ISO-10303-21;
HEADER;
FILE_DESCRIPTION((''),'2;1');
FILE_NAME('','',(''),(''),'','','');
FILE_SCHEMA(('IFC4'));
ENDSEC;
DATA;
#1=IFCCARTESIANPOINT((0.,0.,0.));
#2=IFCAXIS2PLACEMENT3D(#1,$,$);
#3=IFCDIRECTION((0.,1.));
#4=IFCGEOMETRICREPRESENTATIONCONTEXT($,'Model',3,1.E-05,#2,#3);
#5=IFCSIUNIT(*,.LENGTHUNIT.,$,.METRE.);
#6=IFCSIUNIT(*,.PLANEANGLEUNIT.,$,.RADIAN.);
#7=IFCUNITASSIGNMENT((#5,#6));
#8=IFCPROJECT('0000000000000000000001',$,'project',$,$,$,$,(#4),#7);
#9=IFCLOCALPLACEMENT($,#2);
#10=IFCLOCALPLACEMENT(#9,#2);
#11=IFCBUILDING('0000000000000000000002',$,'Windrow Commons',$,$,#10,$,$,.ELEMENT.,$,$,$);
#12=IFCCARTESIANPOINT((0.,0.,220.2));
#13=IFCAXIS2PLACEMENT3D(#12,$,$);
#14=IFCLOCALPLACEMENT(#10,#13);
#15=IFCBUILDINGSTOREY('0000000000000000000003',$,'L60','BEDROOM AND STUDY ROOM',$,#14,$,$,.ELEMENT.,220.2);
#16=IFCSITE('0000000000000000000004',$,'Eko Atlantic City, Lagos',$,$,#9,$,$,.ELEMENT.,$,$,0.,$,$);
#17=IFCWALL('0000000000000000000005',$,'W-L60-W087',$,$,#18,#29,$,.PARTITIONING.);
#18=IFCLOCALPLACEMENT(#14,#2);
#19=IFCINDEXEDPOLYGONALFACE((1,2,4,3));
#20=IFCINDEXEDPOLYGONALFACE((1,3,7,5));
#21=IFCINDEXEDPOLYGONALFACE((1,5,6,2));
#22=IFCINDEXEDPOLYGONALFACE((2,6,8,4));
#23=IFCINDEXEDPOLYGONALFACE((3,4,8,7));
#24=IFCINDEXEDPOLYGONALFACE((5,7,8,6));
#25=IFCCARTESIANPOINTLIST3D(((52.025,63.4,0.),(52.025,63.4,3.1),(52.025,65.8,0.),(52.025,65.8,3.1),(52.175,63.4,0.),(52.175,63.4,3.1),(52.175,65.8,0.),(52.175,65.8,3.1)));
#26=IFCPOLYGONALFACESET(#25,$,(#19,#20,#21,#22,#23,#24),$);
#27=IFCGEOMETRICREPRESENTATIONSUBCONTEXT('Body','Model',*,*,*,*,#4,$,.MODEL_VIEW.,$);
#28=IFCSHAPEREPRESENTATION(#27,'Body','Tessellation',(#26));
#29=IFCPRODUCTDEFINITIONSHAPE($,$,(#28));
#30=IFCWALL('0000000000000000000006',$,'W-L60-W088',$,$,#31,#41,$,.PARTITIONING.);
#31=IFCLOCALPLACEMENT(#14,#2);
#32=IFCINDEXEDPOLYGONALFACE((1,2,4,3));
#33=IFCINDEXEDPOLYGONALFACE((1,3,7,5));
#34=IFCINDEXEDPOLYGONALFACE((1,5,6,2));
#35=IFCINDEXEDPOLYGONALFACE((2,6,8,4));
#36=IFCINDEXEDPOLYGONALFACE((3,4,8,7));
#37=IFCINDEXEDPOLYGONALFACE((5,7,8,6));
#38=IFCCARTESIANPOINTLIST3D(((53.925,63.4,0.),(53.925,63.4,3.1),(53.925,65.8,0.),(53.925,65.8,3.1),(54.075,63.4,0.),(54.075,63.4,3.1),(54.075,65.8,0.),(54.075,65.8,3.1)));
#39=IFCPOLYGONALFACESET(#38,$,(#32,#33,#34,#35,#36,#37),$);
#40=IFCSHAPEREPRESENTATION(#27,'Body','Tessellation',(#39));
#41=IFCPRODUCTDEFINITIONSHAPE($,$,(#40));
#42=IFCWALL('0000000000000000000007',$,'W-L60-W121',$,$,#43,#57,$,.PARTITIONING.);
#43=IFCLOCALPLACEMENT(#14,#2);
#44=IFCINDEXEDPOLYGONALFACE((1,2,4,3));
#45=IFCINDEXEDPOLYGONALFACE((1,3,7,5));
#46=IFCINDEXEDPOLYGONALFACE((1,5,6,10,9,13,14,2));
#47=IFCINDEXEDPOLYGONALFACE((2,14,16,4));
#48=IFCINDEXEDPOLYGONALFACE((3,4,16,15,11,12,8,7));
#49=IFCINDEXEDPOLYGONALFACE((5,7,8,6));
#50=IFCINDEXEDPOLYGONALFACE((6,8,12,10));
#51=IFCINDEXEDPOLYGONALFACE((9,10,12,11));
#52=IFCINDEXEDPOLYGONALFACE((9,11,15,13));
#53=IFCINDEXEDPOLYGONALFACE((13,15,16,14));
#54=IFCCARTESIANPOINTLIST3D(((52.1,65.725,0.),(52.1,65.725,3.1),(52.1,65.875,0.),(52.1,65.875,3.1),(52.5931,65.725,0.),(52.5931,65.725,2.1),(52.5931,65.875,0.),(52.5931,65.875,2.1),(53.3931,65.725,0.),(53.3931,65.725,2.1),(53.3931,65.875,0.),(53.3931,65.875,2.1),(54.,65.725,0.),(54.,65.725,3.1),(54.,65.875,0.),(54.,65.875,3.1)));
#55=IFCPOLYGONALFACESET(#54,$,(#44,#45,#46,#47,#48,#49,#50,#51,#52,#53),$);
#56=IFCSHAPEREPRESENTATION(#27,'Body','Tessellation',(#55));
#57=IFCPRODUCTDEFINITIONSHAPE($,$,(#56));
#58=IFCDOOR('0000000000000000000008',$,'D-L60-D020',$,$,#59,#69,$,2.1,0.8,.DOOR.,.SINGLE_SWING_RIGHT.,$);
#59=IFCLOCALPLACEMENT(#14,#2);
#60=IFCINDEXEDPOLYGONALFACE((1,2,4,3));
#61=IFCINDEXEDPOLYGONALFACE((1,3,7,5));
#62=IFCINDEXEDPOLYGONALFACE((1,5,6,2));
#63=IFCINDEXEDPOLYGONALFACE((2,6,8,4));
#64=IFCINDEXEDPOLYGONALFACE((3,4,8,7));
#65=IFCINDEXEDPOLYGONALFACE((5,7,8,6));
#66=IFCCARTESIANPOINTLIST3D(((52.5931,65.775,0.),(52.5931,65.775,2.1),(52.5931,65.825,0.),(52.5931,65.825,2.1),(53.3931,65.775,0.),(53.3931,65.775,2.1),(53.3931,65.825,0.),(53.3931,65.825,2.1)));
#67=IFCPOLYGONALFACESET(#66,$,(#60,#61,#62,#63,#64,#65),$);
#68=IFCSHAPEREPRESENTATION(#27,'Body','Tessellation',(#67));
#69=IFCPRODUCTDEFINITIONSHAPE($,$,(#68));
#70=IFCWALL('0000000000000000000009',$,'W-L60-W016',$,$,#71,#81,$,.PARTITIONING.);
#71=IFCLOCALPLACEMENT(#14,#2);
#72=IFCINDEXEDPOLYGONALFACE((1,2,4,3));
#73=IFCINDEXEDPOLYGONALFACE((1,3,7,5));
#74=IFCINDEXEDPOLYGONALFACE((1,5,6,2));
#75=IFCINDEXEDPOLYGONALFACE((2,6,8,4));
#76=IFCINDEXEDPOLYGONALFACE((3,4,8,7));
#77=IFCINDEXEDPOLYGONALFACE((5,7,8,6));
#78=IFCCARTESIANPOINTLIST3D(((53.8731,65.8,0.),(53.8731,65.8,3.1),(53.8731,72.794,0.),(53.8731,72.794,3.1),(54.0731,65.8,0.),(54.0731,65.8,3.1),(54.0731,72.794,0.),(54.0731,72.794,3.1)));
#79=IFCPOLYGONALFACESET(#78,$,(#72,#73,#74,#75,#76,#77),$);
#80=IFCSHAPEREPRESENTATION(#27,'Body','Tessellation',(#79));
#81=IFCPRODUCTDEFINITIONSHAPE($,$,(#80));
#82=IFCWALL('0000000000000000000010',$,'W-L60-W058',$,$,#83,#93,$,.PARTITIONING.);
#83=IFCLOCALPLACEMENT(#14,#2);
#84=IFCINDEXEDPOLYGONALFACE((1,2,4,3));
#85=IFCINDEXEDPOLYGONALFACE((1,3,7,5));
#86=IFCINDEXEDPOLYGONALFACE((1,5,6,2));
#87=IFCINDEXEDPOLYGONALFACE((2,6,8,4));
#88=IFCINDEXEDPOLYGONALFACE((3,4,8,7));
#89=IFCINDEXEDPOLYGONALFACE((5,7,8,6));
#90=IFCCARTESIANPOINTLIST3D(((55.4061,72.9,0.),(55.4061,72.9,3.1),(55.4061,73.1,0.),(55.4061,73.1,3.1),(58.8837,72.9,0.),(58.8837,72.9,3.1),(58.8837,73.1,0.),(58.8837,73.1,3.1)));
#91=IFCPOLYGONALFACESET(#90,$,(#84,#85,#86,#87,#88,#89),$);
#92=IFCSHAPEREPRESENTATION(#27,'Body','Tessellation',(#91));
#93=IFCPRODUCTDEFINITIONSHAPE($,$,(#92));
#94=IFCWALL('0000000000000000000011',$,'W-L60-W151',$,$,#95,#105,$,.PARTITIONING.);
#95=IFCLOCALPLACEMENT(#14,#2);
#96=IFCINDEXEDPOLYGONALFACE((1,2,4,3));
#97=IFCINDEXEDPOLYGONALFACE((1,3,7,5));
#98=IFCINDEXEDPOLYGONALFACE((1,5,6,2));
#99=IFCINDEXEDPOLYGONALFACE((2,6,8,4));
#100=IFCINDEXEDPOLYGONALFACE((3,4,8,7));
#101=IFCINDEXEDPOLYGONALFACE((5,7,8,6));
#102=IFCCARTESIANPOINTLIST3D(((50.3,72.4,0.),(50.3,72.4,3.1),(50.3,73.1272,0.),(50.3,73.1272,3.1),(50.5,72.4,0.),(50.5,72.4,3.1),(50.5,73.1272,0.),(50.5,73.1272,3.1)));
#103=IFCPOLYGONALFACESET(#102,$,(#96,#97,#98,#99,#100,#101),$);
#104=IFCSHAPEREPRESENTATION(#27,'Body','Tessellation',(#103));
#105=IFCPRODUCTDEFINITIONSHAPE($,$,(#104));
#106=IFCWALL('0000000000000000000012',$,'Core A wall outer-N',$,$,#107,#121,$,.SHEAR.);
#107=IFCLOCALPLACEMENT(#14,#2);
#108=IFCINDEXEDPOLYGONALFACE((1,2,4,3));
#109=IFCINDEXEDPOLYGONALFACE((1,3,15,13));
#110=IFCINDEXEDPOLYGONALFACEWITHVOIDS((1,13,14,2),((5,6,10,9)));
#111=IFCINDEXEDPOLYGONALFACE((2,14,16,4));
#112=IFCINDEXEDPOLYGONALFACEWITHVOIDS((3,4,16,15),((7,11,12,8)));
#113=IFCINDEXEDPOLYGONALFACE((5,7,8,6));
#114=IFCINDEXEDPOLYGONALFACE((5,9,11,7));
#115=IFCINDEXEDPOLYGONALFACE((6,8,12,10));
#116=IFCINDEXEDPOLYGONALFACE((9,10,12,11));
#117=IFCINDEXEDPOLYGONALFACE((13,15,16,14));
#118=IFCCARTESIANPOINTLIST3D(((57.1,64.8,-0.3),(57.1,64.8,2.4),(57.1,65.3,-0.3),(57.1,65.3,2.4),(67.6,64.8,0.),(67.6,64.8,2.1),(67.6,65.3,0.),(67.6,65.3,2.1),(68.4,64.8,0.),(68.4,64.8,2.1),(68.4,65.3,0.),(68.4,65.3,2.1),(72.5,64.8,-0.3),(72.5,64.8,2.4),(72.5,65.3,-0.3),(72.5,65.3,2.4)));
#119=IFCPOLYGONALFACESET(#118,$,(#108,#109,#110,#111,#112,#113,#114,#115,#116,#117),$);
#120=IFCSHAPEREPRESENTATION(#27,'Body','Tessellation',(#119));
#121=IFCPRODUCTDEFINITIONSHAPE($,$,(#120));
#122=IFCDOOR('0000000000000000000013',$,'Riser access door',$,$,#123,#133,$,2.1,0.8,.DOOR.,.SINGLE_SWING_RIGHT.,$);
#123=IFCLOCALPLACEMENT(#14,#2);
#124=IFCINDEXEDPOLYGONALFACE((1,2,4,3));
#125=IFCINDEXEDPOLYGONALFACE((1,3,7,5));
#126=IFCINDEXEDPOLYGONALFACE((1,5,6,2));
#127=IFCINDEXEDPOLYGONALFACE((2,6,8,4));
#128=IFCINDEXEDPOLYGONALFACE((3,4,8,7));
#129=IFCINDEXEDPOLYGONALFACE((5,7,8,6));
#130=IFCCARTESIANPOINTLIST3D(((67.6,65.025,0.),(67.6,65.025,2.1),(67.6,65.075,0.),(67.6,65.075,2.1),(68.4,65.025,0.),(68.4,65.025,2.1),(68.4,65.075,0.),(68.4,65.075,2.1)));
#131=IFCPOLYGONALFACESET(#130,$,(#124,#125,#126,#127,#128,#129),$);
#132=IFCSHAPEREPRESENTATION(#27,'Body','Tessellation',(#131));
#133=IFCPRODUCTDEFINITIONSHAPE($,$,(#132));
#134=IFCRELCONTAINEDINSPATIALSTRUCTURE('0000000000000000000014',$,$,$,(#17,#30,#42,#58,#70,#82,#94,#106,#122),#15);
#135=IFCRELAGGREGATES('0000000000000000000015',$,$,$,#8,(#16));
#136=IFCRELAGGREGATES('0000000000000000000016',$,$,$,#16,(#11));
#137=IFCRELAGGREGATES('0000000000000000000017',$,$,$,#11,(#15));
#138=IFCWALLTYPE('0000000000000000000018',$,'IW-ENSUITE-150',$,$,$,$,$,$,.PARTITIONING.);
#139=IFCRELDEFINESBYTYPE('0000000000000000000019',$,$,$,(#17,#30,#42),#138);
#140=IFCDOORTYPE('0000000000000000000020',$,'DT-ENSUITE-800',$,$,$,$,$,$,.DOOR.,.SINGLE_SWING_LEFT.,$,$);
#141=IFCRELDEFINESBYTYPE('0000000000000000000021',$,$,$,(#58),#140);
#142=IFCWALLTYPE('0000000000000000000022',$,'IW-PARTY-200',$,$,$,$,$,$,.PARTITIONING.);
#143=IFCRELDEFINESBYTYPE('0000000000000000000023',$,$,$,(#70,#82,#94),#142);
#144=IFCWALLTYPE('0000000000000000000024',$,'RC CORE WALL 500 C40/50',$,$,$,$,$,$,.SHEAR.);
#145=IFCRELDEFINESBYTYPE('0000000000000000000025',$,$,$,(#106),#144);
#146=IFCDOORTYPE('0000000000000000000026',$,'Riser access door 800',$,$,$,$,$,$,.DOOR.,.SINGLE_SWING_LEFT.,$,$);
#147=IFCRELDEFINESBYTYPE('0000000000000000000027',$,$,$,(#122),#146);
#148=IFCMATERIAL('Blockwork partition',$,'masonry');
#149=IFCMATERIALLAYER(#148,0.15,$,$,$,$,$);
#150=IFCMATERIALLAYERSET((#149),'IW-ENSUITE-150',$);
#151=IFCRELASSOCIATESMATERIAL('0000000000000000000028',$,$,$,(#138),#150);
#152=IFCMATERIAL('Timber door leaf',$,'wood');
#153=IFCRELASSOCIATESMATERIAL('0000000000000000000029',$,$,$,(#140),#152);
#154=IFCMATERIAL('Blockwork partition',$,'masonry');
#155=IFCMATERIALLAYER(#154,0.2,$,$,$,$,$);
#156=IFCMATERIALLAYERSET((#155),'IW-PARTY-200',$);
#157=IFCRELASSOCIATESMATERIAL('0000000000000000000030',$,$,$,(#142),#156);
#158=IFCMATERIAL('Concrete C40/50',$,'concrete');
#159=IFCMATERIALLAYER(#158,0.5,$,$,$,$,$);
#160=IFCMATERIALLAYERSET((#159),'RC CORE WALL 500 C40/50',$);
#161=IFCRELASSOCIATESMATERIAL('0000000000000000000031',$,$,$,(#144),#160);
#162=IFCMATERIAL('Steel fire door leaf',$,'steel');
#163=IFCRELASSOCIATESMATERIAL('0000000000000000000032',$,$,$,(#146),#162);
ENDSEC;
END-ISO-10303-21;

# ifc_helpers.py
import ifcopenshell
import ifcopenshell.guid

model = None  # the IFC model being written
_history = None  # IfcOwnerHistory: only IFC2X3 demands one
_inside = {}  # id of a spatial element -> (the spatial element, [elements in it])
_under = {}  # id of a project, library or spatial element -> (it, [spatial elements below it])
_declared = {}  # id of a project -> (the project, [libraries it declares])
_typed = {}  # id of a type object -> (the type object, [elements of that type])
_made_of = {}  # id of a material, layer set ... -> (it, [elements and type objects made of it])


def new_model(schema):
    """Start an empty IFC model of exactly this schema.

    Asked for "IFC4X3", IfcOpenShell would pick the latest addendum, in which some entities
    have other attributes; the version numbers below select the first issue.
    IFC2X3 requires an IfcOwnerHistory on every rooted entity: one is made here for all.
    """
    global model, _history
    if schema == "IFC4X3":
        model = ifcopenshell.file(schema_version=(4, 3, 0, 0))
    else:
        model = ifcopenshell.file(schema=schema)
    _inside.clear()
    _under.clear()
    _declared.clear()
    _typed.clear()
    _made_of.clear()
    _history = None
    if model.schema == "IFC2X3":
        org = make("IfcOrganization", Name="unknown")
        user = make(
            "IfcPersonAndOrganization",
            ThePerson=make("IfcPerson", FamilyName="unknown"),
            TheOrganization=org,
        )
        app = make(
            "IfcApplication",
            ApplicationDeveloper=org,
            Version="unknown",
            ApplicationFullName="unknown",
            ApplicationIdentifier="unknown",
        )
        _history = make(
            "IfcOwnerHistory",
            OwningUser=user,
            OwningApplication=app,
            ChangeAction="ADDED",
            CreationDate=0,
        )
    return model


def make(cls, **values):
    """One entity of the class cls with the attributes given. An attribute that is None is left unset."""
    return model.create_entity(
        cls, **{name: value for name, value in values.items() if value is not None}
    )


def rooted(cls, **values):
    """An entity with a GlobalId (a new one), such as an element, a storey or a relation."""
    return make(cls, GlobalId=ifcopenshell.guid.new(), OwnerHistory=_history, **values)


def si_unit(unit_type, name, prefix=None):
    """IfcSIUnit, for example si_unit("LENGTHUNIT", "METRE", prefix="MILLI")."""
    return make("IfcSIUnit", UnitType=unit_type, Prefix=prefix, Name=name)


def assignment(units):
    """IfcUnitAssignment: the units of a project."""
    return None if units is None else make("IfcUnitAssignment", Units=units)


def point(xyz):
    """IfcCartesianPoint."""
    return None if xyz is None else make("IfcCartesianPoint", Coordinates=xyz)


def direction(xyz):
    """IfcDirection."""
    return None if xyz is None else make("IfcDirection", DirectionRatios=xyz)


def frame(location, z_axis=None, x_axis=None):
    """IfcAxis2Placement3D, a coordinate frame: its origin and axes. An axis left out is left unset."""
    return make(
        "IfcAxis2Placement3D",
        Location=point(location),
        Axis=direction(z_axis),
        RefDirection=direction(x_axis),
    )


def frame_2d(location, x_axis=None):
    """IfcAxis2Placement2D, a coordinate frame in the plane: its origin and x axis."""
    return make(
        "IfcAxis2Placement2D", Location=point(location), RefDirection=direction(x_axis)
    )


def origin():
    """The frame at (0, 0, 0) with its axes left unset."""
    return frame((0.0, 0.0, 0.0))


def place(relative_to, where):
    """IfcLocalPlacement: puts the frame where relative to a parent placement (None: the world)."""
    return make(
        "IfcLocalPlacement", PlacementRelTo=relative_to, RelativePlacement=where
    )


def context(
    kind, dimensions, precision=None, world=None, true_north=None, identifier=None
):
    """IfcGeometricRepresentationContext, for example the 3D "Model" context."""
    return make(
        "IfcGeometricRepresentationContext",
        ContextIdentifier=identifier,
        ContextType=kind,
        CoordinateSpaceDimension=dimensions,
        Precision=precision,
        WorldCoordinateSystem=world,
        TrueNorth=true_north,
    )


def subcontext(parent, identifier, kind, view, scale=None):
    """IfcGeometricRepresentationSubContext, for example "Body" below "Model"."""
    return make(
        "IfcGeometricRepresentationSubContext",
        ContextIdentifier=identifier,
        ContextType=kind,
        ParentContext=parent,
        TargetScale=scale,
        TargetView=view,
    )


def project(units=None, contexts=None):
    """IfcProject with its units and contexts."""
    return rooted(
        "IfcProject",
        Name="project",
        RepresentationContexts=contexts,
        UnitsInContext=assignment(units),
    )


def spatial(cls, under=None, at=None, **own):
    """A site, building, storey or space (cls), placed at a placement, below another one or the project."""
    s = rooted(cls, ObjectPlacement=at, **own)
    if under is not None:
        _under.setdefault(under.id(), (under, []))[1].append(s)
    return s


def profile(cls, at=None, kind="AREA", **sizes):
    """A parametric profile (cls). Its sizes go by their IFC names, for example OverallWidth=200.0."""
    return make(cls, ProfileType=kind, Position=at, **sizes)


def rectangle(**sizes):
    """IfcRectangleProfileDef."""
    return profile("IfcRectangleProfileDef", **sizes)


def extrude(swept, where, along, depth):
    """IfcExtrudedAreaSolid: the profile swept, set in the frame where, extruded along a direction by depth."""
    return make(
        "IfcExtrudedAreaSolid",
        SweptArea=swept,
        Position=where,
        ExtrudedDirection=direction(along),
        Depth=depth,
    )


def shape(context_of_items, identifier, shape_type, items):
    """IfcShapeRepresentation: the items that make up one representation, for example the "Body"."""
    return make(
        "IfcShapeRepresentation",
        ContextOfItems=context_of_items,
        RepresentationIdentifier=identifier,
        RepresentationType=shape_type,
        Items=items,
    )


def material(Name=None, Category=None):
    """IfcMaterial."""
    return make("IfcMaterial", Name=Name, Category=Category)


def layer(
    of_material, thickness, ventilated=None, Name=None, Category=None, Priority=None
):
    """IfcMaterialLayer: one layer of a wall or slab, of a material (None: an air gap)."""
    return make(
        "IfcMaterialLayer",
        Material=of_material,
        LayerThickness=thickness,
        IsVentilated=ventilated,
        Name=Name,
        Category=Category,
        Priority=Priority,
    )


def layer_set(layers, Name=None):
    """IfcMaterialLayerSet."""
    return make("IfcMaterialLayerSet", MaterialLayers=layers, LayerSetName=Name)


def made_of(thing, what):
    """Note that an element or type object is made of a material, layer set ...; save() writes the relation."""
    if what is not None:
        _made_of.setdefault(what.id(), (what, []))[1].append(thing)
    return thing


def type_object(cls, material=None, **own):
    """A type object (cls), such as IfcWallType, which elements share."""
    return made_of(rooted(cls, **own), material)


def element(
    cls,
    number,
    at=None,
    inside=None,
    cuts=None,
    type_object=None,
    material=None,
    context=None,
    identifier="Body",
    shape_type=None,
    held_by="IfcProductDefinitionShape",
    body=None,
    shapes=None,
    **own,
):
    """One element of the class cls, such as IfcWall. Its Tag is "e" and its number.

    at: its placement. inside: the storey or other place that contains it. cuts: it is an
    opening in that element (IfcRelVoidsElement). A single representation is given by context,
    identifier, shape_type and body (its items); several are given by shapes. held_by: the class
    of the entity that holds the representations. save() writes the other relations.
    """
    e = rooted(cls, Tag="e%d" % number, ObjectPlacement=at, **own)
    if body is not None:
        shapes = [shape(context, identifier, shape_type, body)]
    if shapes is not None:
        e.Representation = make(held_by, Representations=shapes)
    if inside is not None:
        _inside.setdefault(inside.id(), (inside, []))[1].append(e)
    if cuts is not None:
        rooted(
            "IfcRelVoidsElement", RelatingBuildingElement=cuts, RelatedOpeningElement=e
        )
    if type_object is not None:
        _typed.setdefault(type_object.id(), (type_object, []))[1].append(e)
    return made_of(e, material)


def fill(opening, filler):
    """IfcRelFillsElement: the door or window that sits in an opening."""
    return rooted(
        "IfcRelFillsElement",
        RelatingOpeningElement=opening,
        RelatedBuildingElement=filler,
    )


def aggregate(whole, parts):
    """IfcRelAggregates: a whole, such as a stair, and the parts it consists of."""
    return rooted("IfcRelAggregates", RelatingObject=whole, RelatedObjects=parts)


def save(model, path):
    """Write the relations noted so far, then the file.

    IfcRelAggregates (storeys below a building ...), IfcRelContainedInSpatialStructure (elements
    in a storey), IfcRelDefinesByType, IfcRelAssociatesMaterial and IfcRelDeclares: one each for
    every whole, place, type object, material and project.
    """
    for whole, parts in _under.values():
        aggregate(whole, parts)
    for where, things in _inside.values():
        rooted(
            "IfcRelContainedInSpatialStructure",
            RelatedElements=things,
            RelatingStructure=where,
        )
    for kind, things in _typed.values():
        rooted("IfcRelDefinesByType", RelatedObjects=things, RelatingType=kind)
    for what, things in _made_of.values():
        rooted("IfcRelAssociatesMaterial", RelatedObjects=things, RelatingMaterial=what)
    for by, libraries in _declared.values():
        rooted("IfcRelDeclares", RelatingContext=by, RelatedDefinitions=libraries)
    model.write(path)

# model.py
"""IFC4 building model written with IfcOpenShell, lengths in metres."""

from ifc_helpers import new_model, si_unit, direction, frame, frame_2d, origin, place, context, subcontext, project, spatial, rectangle, extrude, material, layer, layer_set, type_object, element, fill, save


model = new_model("IFC4")

# Units and contexts
model_context = context("Model", 3, precision=1e-05, world=origin(), true_north=direction((0.0, 1.0)))
body_context = subcontext(model_context, "Body", "Model", "MODEL_VIEW")
ifc_project = project(units=[si_unit("LENGTHUNIT", "METRE"), si_unit("PLANEANGLEUNIT", "RADIAN")], contexts=[model_context])

# Site, building, storey
site_placement = place(None, origin())
site = spatial("IfcSite", under=ifc_project, at=site_placement, Name="Eko Atlantic City, Lagos", CompositionType="ELEMENT", RefElevation=0.0)
building_placement = place(site_placement, origin())
building = spatial("IfcBuilding", under=site, at=building_placement, Name="Windrow Commons", CompositionType="ELEMENT")
storey_placement = place(building_placement, frame((0.0, 0.0, 220.2)))
storey = spatial("IfcBuildingStorey", under=building, at=storey_placement, Name="L60", Description="BEDROOM AND STUDY ROOM", CompositionType="ELEMENT", Elevation=220.2)

# Walls
ifc_material_1 = material(Name="Blockwork partition", Category="masonry")
ifc_layer_1 = layer(ifc_material_1, 0.15)
ifc_layer_set_1 = layer_set([ifc_layer_1], Name="IW-ENSUITE-150")
wall_type_1 = type_object("IfcWallType", Name="IW-ENSUITE-150", PredefinedType="PARTITIONING", material=ifc_layer_set_1)
for number, where, z_axis, x_axis, name in (
    (1, (52.1, 63.4, 0.0), (0.0, 0.0, 1.0), (0.0, 1.0, 0.0), "W-L60-W087"),
    (2, (54.0, 63.4, 0.0), (0.0, 0.0, 1.0), (0.0, 1.0, 0.0), "W-L60-W088"),
):
    element("IfcWall", number, at=place(storey_placement, frame(where, z_axis=z_axis, x_axis=x_axis)), inside=storey, type_object=wall_type_1, Name=name, PredefinedType="PARTITIONING", context=body_context, shape_type="SweptSolid", body=[
        extrude(rectangle(XDim=2.4, YDim=0.15, at=frame_2d((1.2, 0.0))), origin(), (0.0, 0.0, 1.0), 3.1),
    ])

# Wall, opening, door
wall_1_placement = place(storey_placement, frame((52.1, 65.8, 0.0), z_axis=(0.0, 0.0, 1.0), x_axis=(1.0, 0.0, 0.0)))
wall_1 = element("IfcWall", 3, at=wall_1_placement, inside=storey, type_object=wall_type_1, Name="W-L60-W121", PredefinedType="PARTITIONING", context=body_context, shape_type="SweptSolid", body=[
    extrude(rectangle(XDim=1.9, YDim=0.15, at=frame_2d((0.95, 0.0))), origin(), (0.0, 0.0, 1.0), 3.1),
])
opening_1_placement = place(wall_1_placement, frame((0.4931, 0.0, 0.0)))
opening_1 = element("IfcOpeningElement", 4, at=opening_1_placement, cuts=wall_1, PredefinedType="OPENING", context=body_context, shape_type="SweptSolid", body=[
    extrude(rectangle(XDim=0.8, YDim=2.1, at=frame_2d((0.4, 1.05))), frame((0.0, 0.085, 0.0), z_axis=(0.0, -1.0, 0.0), x_axis=(1.0, 0.0, 0.0)), (0.0, 0.0, 1.0), 0.17),
])
ifc_material_2 = material(Name="Timber door leaf", Category="wood")
door_type_1 = type_object("IfcDoorType", Name="DT-ENSUITE-800", OperationType="SINGLE_SWING_LEFT", PredefinedType="DOOR", material=ifc_material_2)
door_1_placement = place(opening_1_placement, origin())
door_1 = element("IfcDoor", 5, at=door_1_placement, inside=storey, type_object=door_type_1, Name="D-L60-D020", OperationType="SINGLE_SWING_RIGHT", OverallHeight=2.1, OverallWidth=0.8, PredefinedType="DOOR", context=body_context, shape_type="SweptSolid", body=[
    extrude(rectangle(XDim=0.8, YDim=2.1, at=frame_2d((0.4, 1.05))), frame((0.0, 0.025, 0.0), z_axis=(0.0, -1.0, 0.0), x_axis=(1.0, 0.0, 0.0)), (0.0, 0.0, 1.0), 0.05),
])
fill(opening_1, door_1)

# Walls
ifc_material_3 = material(Name="Blockwork partition", Category="masonry")
ifc_layer_2 = layer(ifc_material_3, 0.2)
ifc_layer_set_2 = layer_set([ifc_layer_2], Name="IW-PARTY-200")
wall_type_2 = type_object("IfcWallType", Name="IW-PARTY-200", PredefinedType="PARTITIONING", material=ifc_layer_set_2)
wall_2_placement = place(storey_placement, frame((53.9731, 65.8, 0.0), z_axis=(0.0, 0.0, 1.0), x_axis=(0.0, 1.0, 0.0)))
element("IfcWall", 6, at=wall_2_placement, inside=storey, type_object=wall_type_2, Name="W-L60-W016", PredefinedType="PARTITIONING", context=body_context, shape_type="SweptSolid", body=[
    extrude(rectangle(XDim=6.994, YDim=0.2, at=frame_2d((3.497, 0.0))), origin(), (0.0, 0.0, 1.0), 3.1),
])
wall_3_placement = place(storey_placement, frame((55.4061, 73.0, 0.0), z_axis=(0.0, 0.0, 1.0), x_axis=(1.0, 0.0, 0.0)))
element("IfcWall", 7, at=wall_3_placement, inside=storey, type_object=wall_type_2, Name="W-L60-W058", PredefinedType="PARTITIONING", context=body_context, shape_type="SweptSolid", body=[
    extrude(rectangle(XDim=3.4776, YDim=0.2, at=frame_2d((1.7388, 0.0))), origin(), (0.0, 0.0, 1.0), 3.1),
])
wall_4_placement = place(storey_placement, frame((50.4, 72.4, 0.0), z_axis=(0.0, 0.0, 1.0), x_axis=(0.0, 1.0, 0.0)))
element("IfcWall", 8, at=wall_4_placement, inside=storey, type_object=wall_type_2, Name="W-L60-W151", PredefinedType="PARTITIONING", context=body_context, shape_type="SweptSolid", body=[
    extrude(rectangle(XDim=0.7273, YDim=0.2, at=frame_2d((0.3636, 0.0))), origin(), (0.0, 0.0, 1.0), 3.1),
])

# Wall, opening, door
ifc_material_4 = material(Name="Concrete C40/50", Category="concrete")
ifc_layer_3 = layer(ifc_material_4, 0.5)
ifc_layer_set_3 = layer_set([ifc_layer_3], Name="RC CORE WALL 500 C40/50")
wall_type_3 = type_object("IfcWallType", Name="RC CORE WALL 500 C40/50", PredefinedType="SHEAR", material=ifc_layer_set_3)
wall_5_placement = place(storey_placement, frame((57.1, 65.05, -0.3), z_axis=(0.0, 0.0, 1.0), x_axis=(1.0, 0.0, 0.0)))
wall_5 = element("IfcWall", 9, at=wall_5_placement, inside=storey, type_object=wall_type_3, Name="Core A wall outer-N", PredefinedType="SHEAR", context=body_context, shape_type="SweptSolid", body=[
    extrude(rectangle(XDim=15.4, YDim=0.5, at=frame_2d((7.7, 0.0))), origin(), (0.0, 0.0, 1.0), 2.7),
])
opening_2_placement = place(wall_5_placement, frame((10.5, 0.0, 0.3)))
opening_2 = element("IfcOpeningElement", 10, at=opening_2_placement, cuts=wall_5, PredefinedType="OPENING", context=body_context, shape_type="SweptSolid", body=[
    extrude(rectangle(XDim=0.8, YDim=2.1, at=frame_2d((0.4, 1.05))), frame((0.0, 0.26, 0.0), z_axis=(0.0, -1.0, 0.0), x_axis=(1.0, 0.0, 0.0)), (0.0, 0.0, 1.0), 0.52),
])
ifc_material_5 = material(Name="Steel fire door leaf", Category="steel")
door_type_2 = type_object("IfcDoorType", Name="Riser access door 800", OperationType="SINGLE_SWING_LEFT", PredefinedType="DOOR", material=ifc_material_5)
door_2_placement = place(opening_2_placement, origin())
door_2 = element("IfcDoor", 11, at=door_2_placement, inside=storey, type_object=door_type_2, Name="Riser access door", OperationType="SINGLE_SWING_RIGHT", OverallHeight=2.1, OverallWidth=0.8, PredefinedType="DOOR", context=body_context, shape_type="SweptSolid", body=[
    extrude(rectangle(XDim=0.8, YDim=2.1, at=frame_2d((0.4, 1.05))), frame((0.0, 0.025, 0.0), z_axis=(0.0, -1.0, 0.0), x_axis=(1.0, 0.0, 0.0)), (0.0, 0.0, 1.0), 0.05),
])
fill(opening_2, door_2)

save(model, "model.ifc")
